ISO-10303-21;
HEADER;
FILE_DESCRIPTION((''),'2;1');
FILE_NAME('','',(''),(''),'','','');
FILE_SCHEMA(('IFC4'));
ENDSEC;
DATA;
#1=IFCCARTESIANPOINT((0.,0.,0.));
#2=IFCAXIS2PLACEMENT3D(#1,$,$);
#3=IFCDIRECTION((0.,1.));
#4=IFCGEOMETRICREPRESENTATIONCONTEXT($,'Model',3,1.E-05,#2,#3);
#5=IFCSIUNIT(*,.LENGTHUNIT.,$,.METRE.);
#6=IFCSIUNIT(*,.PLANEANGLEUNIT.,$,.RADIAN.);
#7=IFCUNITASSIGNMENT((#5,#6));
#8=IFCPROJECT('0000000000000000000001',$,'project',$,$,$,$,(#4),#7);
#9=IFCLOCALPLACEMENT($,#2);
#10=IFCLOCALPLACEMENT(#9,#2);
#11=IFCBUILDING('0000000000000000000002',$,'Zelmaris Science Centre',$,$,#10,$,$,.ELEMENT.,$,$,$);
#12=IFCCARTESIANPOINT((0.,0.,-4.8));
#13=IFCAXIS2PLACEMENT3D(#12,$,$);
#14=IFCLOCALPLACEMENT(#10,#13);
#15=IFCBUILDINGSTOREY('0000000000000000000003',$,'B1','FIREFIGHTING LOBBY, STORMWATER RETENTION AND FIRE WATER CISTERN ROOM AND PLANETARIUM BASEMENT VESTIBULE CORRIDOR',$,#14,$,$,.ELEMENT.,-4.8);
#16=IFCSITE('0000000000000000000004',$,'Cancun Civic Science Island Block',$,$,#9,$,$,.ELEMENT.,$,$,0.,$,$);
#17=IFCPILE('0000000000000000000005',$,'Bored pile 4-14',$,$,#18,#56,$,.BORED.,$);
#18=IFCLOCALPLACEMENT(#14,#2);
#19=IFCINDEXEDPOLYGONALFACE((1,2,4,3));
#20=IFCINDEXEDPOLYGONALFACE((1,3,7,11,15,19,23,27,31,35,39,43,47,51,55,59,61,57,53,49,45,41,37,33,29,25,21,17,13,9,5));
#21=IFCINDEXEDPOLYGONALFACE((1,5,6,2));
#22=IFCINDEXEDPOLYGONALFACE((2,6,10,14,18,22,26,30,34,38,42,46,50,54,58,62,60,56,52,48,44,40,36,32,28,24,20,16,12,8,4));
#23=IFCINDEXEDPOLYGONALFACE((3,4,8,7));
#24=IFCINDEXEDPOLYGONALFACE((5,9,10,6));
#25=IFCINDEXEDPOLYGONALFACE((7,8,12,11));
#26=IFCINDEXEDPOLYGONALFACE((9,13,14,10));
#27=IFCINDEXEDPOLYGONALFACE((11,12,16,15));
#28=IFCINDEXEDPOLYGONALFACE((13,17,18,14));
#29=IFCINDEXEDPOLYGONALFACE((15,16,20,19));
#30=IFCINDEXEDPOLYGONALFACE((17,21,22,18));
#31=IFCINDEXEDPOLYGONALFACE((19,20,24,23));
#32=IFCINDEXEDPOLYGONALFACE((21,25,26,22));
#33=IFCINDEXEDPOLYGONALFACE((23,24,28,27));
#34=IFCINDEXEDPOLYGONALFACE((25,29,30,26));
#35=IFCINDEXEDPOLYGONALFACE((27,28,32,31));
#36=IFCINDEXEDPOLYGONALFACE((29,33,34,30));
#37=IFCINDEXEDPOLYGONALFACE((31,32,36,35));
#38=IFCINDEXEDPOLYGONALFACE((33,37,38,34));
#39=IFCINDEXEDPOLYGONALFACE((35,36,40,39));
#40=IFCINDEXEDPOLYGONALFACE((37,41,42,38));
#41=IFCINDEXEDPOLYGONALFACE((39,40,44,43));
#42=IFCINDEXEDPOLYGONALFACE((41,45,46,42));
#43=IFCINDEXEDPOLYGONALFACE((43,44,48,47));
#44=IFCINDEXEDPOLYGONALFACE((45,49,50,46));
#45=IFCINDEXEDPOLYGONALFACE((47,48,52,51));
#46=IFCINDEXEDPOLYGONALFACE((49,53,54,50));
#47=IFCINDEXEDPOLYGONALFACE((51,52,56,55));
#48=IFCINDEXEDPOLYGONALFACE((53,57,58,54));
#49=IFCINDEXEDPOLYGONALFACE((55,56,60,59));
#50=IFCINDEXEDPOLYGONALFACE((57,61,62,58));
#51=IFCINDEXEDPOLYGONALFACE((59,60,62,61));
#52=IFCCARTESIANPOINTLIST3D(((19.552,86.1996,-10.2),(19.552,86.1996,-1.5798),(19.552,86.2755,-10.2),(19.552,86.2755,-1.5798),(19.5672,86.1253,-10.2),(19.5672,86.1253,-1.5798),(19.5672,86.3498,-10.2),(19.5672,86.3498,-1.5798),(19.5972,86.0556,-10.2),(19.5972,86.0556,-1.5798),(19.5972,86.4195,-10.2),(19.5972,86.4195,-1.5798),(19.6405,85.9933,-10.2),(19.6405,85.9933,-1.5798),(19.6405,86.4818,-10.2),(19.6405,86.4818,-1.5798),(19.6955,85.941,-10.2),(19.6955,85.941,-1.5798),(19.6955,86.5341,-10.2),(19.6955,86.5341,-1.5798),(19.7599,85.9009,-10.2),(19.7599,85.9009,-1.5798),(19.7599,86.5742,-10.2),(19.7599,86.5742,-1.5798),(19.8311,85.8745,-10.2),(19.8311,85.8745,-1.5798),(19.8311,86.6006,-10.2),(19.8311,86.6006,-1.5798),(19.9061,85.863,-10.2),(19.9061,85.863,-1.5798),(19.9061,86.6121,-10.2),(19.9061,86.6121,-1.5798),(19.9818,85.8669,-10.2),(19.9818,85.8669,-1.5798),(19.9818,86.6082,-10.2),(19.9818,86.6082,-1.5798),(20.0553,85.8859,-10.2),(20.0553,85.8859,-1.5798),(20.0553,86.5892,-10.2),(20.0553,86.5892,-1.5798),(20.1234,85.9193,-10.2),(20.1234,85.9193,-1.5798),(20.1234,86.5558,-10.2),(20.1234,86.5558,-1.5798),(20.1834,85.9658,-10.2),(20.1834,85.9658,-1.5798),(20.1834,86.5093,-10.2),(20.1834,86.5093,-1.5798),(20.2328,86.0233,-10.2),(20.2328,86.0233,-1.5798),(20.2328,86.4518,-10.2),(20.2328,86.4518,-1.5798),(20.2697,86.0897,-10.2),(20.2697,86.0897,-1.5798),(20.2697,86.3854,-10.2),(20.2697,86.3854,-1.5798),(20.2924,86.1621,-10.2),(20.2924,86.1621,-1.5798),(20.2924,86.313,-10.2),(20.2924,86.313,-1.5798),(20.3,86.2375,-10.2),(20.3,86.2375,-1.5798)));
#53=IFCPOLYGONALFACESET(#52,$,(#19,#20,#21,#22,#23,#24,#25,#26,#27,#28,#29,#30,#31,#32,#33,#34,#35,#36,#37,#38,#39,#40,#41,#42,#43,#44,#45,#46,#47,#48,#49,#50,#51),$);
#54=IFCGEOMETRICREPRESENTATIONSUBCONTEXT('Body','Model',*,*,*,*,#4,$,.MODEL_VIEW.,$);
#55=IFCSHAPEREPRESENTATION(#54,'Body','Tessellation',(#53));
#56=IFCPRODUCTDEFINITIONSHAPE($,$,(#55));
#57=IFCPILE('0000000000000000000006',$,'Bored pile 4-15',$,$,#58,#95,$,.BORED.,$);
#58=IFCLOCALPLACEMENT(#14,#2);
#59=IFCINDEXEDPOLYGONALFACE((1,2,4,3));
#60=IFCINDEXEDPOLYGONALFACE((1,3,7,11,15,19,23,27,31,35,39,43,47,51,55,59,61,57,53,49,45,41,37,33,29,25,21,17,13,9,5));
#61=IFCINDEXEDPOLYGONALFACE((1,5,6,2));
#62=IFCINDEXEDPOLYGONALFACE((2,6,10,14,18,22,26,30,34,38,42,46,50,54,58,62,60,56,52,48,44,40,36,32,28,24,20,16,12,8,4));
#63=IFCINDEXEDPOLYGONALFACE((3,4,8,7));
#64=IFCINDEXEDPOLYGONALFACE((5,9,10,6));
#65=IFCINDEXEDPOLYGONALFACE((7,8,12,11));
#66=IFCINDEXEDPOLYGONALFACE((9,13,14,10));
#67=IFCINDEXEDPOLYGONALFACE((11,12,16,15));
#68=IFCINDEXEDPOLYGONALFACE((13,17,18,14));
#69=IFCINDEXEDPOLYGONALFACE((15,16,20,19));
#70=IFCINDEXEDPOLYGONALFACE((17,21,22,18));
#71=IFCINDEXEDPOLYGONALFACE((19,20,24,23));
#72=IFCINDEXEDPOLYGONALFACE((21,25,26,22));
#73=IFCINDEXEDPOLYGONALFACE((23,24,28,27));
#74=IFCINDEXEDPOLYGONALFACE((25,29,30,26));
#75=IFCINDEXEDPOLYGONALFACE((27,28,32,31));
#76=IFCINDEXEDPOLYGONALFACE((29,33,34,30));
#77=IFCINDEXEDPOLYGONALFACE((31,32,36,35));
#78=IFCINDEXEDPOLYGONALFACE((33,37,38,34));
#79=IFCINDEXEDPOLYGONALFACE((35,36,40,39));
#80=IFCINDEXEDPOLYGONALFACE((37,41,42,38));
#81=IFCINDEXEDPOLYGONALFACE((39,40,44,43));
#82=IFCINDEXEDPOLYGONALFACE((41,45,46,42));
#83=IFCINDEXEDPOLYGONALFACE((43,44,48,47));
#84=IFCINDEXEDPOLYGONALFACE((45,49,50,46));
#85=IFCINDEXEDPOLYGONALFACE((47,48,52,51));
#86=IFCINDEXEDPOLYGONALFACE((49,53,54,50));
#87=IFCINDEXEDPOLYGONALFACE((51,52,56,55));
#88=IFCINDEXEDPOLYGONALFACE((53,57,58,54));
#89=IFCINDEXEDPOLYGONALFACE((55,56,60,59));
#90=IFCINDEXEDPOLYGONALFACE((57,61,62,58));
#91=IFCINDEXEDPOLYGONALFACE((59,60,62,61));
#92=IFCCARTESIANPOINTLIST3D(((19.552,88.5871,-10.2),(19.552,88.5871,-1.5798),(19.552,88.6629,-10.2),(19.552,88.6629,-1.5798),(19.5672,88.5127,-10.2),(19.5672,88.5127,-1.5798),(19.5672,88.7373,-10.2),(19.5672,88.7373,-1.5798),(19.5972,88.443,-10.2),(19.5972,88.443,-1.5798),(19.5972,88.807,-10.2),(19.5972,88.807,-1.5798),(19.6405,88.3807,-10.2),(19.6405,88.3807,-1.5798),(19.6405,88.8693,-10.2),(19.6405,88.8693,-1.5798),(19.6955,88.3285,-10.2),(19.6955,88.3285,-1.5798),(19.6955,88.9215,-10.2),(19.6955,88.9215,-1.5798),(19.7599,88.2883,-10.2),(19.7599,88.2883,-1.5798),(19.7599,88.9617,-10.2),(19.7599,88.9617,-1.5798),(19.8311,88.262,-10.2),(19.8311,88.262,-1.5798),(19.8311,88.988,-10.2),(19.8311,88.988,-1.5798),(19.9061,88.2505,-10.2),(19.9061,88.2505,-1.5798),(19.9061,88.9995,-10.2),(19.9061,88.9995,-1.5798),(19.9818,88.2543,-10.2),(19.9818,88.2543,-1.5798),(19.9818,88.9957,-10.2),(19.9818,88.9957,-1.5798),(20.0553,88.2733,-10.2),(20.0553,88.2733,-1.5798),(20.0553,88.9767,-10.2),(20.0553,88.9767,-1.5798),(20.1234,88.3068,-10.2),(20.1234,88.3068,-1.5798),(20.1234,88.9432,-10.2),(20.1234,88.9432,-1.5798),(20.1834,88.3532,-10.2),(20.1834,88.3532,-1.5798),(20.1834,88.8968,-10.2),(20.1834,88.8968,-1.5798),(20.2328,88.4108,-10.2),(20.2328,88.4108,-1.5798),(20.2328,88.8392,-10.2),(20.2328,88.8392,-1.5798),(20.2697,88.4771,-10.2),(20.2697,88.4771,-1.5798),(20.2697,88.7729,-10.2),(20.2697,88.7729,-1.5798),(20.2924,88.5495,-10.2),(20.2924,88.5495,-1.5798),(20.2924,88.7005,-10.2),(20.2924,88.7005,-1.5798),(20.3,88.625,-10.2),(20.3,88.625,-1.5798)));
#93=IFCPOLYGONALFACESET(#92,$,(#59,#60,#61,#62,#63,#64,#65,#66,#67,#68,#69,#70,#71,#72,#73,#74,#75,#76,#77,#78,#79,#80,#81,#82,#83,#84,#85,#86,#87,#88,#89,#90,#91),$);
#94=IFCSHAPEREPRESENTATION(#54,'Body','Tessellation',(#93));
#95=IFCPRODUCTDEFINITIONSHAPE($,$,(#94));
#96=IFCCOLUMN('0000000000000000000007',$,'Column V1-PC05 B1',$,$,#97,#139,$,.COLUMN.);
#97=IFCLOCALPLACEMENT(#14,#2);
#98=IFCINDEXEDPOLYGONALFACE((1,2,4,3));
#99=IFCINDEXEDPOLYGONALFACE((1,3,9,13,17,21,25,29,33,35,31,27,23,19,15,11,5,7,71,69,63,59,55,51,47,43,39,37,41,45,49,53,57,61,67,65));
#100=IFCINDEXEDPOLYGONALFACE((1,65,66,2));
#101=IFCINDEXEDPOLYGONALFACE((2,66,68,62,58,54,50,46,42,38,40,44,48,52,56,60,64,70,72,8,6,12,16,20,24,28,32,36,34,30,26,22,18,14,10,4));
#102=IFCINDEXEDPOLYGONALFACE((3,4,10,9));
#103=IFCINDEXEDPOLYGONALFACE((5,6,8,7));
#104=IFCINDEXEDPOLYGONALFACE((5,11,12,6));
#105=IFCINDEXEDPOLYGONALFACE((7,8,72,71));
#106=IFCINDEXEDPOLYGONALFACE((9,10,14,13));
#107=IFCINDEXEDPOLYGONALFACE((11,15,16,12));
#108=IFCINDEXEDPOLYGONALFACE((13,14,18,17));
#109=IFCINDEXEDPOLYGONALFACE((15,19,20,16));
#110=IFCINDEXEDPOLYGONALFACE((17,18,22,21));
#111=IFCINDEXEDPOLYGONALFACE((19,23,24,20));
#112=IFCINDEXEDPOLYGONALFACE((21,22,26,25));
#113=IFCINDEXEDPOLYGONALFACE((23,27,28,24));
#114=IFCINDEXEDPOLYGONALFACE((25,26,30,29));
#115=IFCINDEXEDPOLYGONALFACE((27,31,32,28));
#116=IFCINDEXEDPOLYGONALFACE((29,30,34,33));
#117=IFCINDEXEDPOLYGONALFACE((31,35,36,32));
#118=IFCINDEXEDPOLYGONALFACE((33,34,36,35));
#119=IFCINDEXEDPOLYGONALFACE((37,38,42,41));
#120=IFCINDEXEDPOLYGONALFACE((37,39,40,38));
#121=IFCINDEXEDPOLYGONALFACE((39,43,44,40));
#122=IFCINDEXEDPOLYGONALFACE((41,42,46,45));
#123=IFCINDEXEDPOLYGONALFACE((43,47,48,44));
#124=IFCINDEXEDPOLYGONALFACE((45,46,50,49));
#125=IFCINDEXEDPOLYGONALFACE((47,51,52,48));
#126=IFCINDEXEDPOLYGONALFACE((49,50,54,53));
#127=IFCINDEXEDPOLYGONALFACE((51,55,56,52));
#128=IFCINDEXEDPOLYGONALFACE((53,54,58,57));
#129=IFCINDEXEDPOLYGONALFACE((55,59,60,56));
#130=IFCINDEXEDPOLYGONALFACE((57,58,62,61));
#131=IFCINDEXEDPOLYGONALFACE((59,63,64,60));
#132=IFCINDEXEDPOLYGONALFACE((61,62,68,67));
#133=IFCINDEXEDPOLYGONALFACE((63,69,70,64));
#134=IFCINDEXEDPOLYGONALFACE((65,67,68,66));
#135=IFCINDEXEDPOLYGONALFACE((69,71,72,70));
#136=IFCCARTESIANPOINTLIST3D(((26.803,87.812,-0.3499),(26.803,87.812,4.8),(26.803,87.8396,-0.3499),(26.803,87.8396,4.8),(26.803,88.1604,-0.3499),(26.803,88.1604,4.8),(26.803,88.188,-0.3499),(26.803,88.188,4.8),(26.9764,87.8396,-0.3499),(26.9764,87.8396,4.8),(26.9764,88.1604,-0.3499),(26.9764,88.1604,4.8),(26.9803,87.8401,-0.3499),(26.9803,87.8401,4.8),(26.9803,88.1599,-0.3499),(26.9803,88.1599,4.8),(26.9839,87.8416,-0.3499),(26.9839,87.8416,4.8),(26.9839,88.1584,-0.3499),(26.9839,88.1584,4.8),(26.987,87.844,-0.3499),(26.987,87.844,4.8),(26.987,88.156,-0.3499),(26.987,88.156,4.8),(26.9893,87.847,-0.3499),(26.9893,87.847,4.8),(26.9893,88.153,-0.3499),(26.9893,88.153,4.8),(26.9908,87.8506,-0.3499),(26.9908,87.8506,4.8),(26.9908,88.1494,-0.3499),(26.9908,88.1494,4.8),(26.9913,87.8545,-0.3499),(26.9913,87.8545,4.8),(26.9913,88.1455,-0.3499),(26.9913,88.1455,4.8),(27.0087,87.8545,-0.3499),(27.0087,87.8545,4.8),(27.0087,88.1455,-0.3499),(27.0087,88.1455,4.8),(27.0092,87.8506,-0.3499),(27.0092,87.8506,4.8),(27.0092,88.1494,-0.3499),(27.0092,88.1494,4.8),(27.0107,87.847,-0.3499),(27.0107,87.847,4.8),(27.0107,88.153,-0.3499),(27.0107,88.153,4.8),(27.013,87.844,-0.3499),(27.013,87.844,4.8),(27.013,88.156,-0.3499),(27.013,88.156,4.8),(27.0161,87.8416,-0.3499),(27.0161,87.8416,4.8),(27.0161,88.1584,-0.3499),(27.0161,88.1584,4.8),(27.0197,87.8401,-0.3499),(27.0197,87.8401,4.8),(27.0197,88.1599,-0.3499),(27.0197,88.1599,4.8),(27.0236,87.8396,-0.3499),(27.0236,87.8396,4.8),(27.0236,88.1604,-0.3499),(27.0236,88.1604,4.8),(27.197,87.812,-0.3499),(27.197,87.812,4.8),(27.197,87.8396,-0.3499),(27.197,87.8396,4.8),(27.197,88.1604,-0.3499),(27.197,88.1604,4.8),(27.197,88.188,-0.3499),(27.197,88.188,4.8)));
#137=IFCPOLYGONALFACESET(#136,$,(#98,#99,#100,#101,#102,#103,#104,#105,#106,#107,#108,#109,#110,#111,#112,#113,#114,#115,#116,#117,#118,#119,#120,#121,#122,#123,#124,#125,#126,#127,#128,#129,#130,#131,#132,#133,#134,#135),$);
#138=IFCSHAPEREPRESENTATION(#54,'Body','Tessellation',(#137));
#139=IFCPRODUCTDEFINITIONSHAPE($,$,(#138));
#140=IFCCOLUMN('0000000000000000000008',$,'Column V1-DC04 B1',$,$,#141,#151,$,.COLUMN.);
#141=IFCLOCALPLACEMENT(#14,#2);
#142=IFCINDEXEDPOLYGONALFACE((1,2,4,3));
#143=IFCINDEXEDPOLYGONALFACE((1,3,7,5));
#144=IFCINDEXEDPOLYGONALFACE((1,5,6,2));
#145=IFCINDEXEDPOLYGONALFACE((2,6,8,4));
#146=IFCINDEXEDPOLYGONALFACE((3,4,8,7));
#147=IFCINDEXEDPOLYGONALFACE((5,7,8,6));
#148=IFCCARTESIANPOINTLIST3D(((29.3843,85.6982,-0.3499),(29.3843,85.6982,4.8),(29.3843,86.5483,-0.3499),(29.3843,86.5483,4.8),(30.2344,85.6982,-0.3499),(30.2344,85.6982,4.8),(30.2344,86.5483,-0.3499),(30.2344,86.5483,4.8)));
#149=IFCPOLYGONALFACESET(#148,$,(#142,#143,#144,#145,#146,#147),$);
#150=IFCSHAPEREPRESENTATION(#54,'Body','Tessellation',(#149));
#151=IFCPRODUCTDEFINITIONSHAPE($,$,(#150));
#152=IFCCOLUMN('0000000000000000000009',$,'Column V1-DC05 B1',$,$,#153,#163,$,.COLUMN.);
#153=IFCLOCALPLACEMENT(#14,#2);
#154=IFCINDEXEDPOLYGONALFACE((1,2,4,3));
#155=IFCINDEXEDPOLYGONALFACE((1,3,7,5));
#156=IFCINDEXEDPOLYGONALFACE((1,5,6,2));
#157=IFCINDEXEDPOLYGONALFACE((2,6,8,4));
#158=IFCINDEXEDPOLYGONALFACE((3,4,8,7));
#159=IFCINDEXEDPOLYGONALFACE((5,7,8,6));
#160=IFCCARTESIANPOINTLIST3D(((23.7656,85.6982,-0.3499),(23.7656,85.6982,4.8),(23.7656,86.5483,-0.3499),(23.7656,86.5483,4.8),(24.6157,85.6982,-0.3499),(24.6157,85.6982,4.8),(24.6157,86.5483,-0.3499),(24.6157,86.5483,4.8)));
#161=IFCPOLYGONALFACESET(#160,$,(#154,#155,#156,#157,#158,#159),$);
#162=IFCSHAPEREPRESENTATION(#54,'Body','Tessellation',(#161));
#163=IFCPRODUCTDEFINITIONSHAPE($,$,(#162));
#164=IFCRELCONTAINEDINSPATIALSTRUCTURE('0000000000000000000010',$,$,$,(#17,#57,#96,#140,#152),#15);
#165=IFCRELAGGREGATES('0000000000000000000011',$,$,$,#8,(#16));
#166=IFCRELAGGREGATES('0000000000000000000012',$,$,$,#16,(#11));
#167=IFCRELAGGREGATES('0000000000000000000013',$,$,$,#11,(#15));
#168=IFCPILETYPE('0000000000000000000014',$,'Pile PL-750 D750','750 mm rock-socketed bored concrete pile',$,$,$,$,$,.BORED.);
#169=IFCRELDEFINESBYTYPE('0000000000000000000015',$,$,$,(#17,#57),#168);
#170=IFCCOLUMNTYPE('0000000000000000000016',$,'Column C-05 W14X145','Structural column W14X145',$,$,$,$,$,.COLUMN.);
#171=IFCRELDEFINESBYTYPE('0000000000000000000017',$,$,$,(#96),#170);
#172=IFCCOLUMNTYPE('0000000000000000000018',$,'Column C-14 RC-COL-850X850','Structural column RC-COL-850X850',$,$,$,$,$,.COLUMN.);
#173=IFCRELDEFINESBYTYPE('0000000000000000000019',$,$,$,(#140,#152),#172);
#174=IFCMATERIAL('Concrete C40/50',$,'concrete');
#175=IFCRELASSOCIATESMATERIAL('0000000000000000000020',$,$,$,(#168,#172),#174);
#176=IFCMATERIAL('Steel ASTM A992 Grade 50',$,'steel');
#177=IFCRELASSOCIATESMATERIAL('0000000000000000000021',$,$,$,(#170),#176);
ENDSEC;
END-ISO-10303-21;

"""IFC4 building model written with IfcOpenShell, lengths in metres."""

from ifc_helpers import new_model, si_unit, direction, frame, origin, origin_2d, place, context, subcontext, project, spatial, rectangle, circle, i_section, extrude, material, material_profile, profile_set, type_object, element, save


model = new_model("IFC4")

# Units and contexts
model_context = context("Model", 3, precision=1e-05, world=origin(), true_north=direction((0.0, 1.0)))
body_context = subcontext(model_context, "Body", "Model", "MODEL_VIEW")
ifc_project = project(units=[si_unit("LENGTHUNIT", "METRE"), si_unit("PLANEANGLEUNIT", "RADIAN")], contexts=[model_context])

# Site, building, storey
site_placement = place(None, origin())
site = spatial("IfcSite", under=ifc_project, at=site_placement, Name="Cancun Civic Science Island Block", CompositionType="ELEMENT", RefElevation=0.0)
building_placement = place(site_placement, origin())
building = spatial("IfcBuilding", under=site, at=building_placement, Name="Zelmaris Science Centre", CompositionType="ELEMENT")
storey_placement = place(building_placement, frame((0.0, 0.0, -4.8)))
storey = spatial("IfcBuildingStorey", under=building, at=storey_placement, Name="B1", Description="FIREFIGHTING LOBBY, STORMWATER RETENTION AND FIRE WATER CISTERN ROOM AND PLANETARIUM BASEMENT VESTIBULE CORRIDOR", CompositionType="ELEMENT", Elevation=-4.8)

# Shared definitions
ifc_material_1 = material(Name="Concrete C40/50", Category="concrete")

# Piles
ifc_material_profile_1 = material_profile(ifc_material_1, circle(Radius=0.375, at=origin_2d()), Name="PILE-750")
ifc_profile_set_1 = profile_set([ifc_material_profile_1], Name="Concrete C40/50")
pile_type_1 = type_object("IfcPileType", Name="Pile PL-750 D750", Description="750 mm rock-socketed bored concrete pile", PredefinedType="BORED", material=ifc_profile_set_1)
for number, where, z_axis, x_axis, name in (
    (1, (19.925, 86.2375, -1.5798), (0.0, 0.0, -1.0), (1.0, 0.0, 0.0), "Bored pile 4-14"),
    (2, (19.925, 88.625, -1.5798), (0.0, 0.0, -1.0), (1.0, 0.0, 0.0), "Bored pile 4-15"),
):
    element("IfcPile", number, at=place(storey_placement, frame(where, z_axis=z_axis, x_axis=x_axis)), inside=storey, type_object=pile_type_1, Name=name, PredefinedType="BORED", context=body_context, shape_type="SweptSolid", body=[
        extrude(circle(Radius=0.375, at=origin_2d()), origin(), (0.0, 0.0, 1.0), 8.6201),
    ])

# Columns
ifc_material_2 = material(Name="Steel ASTM A992 Grade 50", Category="steel")
ifc_material_profile_2 = material_profile(ifc_material_2, i_section(OverallWidth=0.394, OverallDepth=0.376, WebThickness=0.0173, FlangeThickness=0.0276, FilletRadius=0.0149, at=origin_2d()), Name="W14X145")
ifc_profile_set_2 = profile_set([ifc_material_profile_2], Name="Steel ASTM A992 Grade 50")
column_type_1 = type_object("IfcColumnType", Name="Column C-05 W14X145", Description="Structural column W14X145", PredefinedType="COLUMN", material=ifc_profile_set_2)
column_placement = place(storey_placement, frame((27.0, 88.0, -0.3499), z_axis=(0.0, 0.0, 1.0), x_axis=(1.0, 0.0, 0.0)))
element("IfcColumn", 3, at=column_placement, inside=storey, type_object=column_type_1, Name="Column V1-PC05 B1", PredefinedType="COLUMN", context=body_context, shape_type="SweptSolid", body=[
    extrude(i_section(OverallWidth=0.394, OverallDepth=0.376, WebThickness=0.0173, FlangeThickness=0.0276, FilletRadius=0.0149, at=origin_2d()), origin(), (0.0, 0.0, 1.0), 5.1499),
])
ifc_material_profile_3 = material_profile(ifc_material_1, rectangle(XDim=0.8501, YDim=0.8501, at=origin_2d()), Name="RC-COL-850X850")
ifc_profile_set_3 = profile_set([ifc_material_profile_3], Name="Concrete C40/50")
column_type_2 = type_object("IfcColumnType", Name="Column C-14 RC-COL-850X850", Description="Structural column RC-COL-850X850", PredefinedType="COLUMN", material=ifc_profile_set_3)
for number, where, z_axis, x_axis, name in (
    (4, (29.8093, 86.1233, -0.3499), (0.0, 0.0, 1.0), (1.0, 0.0, 0.0), "Column V1-DC04 B1"),
    (5, (24.1907, 86.1233, -0.3499), (0.0, 0.0, 1.0), (1.0, 0.0, 0.0), "Column V1-DC05 B1"),
):
    element("IfcColumn", number, at=place(storey_placement, frame(where, z_axis=z_axis, x_axis=x_axis)), inside=storey, type_object=column_type_2, Name=name, PredefinedType="COLUMN", context=body_context, shape_type="SweptSolid", body=[
        extrude(rectangle(XDim=0.8501, YDim=0.8501, at=origin_2d()), origin(), (0.0, 0.0, 1.0), 5.1499),
    ])

save(model, "model.ifc")
